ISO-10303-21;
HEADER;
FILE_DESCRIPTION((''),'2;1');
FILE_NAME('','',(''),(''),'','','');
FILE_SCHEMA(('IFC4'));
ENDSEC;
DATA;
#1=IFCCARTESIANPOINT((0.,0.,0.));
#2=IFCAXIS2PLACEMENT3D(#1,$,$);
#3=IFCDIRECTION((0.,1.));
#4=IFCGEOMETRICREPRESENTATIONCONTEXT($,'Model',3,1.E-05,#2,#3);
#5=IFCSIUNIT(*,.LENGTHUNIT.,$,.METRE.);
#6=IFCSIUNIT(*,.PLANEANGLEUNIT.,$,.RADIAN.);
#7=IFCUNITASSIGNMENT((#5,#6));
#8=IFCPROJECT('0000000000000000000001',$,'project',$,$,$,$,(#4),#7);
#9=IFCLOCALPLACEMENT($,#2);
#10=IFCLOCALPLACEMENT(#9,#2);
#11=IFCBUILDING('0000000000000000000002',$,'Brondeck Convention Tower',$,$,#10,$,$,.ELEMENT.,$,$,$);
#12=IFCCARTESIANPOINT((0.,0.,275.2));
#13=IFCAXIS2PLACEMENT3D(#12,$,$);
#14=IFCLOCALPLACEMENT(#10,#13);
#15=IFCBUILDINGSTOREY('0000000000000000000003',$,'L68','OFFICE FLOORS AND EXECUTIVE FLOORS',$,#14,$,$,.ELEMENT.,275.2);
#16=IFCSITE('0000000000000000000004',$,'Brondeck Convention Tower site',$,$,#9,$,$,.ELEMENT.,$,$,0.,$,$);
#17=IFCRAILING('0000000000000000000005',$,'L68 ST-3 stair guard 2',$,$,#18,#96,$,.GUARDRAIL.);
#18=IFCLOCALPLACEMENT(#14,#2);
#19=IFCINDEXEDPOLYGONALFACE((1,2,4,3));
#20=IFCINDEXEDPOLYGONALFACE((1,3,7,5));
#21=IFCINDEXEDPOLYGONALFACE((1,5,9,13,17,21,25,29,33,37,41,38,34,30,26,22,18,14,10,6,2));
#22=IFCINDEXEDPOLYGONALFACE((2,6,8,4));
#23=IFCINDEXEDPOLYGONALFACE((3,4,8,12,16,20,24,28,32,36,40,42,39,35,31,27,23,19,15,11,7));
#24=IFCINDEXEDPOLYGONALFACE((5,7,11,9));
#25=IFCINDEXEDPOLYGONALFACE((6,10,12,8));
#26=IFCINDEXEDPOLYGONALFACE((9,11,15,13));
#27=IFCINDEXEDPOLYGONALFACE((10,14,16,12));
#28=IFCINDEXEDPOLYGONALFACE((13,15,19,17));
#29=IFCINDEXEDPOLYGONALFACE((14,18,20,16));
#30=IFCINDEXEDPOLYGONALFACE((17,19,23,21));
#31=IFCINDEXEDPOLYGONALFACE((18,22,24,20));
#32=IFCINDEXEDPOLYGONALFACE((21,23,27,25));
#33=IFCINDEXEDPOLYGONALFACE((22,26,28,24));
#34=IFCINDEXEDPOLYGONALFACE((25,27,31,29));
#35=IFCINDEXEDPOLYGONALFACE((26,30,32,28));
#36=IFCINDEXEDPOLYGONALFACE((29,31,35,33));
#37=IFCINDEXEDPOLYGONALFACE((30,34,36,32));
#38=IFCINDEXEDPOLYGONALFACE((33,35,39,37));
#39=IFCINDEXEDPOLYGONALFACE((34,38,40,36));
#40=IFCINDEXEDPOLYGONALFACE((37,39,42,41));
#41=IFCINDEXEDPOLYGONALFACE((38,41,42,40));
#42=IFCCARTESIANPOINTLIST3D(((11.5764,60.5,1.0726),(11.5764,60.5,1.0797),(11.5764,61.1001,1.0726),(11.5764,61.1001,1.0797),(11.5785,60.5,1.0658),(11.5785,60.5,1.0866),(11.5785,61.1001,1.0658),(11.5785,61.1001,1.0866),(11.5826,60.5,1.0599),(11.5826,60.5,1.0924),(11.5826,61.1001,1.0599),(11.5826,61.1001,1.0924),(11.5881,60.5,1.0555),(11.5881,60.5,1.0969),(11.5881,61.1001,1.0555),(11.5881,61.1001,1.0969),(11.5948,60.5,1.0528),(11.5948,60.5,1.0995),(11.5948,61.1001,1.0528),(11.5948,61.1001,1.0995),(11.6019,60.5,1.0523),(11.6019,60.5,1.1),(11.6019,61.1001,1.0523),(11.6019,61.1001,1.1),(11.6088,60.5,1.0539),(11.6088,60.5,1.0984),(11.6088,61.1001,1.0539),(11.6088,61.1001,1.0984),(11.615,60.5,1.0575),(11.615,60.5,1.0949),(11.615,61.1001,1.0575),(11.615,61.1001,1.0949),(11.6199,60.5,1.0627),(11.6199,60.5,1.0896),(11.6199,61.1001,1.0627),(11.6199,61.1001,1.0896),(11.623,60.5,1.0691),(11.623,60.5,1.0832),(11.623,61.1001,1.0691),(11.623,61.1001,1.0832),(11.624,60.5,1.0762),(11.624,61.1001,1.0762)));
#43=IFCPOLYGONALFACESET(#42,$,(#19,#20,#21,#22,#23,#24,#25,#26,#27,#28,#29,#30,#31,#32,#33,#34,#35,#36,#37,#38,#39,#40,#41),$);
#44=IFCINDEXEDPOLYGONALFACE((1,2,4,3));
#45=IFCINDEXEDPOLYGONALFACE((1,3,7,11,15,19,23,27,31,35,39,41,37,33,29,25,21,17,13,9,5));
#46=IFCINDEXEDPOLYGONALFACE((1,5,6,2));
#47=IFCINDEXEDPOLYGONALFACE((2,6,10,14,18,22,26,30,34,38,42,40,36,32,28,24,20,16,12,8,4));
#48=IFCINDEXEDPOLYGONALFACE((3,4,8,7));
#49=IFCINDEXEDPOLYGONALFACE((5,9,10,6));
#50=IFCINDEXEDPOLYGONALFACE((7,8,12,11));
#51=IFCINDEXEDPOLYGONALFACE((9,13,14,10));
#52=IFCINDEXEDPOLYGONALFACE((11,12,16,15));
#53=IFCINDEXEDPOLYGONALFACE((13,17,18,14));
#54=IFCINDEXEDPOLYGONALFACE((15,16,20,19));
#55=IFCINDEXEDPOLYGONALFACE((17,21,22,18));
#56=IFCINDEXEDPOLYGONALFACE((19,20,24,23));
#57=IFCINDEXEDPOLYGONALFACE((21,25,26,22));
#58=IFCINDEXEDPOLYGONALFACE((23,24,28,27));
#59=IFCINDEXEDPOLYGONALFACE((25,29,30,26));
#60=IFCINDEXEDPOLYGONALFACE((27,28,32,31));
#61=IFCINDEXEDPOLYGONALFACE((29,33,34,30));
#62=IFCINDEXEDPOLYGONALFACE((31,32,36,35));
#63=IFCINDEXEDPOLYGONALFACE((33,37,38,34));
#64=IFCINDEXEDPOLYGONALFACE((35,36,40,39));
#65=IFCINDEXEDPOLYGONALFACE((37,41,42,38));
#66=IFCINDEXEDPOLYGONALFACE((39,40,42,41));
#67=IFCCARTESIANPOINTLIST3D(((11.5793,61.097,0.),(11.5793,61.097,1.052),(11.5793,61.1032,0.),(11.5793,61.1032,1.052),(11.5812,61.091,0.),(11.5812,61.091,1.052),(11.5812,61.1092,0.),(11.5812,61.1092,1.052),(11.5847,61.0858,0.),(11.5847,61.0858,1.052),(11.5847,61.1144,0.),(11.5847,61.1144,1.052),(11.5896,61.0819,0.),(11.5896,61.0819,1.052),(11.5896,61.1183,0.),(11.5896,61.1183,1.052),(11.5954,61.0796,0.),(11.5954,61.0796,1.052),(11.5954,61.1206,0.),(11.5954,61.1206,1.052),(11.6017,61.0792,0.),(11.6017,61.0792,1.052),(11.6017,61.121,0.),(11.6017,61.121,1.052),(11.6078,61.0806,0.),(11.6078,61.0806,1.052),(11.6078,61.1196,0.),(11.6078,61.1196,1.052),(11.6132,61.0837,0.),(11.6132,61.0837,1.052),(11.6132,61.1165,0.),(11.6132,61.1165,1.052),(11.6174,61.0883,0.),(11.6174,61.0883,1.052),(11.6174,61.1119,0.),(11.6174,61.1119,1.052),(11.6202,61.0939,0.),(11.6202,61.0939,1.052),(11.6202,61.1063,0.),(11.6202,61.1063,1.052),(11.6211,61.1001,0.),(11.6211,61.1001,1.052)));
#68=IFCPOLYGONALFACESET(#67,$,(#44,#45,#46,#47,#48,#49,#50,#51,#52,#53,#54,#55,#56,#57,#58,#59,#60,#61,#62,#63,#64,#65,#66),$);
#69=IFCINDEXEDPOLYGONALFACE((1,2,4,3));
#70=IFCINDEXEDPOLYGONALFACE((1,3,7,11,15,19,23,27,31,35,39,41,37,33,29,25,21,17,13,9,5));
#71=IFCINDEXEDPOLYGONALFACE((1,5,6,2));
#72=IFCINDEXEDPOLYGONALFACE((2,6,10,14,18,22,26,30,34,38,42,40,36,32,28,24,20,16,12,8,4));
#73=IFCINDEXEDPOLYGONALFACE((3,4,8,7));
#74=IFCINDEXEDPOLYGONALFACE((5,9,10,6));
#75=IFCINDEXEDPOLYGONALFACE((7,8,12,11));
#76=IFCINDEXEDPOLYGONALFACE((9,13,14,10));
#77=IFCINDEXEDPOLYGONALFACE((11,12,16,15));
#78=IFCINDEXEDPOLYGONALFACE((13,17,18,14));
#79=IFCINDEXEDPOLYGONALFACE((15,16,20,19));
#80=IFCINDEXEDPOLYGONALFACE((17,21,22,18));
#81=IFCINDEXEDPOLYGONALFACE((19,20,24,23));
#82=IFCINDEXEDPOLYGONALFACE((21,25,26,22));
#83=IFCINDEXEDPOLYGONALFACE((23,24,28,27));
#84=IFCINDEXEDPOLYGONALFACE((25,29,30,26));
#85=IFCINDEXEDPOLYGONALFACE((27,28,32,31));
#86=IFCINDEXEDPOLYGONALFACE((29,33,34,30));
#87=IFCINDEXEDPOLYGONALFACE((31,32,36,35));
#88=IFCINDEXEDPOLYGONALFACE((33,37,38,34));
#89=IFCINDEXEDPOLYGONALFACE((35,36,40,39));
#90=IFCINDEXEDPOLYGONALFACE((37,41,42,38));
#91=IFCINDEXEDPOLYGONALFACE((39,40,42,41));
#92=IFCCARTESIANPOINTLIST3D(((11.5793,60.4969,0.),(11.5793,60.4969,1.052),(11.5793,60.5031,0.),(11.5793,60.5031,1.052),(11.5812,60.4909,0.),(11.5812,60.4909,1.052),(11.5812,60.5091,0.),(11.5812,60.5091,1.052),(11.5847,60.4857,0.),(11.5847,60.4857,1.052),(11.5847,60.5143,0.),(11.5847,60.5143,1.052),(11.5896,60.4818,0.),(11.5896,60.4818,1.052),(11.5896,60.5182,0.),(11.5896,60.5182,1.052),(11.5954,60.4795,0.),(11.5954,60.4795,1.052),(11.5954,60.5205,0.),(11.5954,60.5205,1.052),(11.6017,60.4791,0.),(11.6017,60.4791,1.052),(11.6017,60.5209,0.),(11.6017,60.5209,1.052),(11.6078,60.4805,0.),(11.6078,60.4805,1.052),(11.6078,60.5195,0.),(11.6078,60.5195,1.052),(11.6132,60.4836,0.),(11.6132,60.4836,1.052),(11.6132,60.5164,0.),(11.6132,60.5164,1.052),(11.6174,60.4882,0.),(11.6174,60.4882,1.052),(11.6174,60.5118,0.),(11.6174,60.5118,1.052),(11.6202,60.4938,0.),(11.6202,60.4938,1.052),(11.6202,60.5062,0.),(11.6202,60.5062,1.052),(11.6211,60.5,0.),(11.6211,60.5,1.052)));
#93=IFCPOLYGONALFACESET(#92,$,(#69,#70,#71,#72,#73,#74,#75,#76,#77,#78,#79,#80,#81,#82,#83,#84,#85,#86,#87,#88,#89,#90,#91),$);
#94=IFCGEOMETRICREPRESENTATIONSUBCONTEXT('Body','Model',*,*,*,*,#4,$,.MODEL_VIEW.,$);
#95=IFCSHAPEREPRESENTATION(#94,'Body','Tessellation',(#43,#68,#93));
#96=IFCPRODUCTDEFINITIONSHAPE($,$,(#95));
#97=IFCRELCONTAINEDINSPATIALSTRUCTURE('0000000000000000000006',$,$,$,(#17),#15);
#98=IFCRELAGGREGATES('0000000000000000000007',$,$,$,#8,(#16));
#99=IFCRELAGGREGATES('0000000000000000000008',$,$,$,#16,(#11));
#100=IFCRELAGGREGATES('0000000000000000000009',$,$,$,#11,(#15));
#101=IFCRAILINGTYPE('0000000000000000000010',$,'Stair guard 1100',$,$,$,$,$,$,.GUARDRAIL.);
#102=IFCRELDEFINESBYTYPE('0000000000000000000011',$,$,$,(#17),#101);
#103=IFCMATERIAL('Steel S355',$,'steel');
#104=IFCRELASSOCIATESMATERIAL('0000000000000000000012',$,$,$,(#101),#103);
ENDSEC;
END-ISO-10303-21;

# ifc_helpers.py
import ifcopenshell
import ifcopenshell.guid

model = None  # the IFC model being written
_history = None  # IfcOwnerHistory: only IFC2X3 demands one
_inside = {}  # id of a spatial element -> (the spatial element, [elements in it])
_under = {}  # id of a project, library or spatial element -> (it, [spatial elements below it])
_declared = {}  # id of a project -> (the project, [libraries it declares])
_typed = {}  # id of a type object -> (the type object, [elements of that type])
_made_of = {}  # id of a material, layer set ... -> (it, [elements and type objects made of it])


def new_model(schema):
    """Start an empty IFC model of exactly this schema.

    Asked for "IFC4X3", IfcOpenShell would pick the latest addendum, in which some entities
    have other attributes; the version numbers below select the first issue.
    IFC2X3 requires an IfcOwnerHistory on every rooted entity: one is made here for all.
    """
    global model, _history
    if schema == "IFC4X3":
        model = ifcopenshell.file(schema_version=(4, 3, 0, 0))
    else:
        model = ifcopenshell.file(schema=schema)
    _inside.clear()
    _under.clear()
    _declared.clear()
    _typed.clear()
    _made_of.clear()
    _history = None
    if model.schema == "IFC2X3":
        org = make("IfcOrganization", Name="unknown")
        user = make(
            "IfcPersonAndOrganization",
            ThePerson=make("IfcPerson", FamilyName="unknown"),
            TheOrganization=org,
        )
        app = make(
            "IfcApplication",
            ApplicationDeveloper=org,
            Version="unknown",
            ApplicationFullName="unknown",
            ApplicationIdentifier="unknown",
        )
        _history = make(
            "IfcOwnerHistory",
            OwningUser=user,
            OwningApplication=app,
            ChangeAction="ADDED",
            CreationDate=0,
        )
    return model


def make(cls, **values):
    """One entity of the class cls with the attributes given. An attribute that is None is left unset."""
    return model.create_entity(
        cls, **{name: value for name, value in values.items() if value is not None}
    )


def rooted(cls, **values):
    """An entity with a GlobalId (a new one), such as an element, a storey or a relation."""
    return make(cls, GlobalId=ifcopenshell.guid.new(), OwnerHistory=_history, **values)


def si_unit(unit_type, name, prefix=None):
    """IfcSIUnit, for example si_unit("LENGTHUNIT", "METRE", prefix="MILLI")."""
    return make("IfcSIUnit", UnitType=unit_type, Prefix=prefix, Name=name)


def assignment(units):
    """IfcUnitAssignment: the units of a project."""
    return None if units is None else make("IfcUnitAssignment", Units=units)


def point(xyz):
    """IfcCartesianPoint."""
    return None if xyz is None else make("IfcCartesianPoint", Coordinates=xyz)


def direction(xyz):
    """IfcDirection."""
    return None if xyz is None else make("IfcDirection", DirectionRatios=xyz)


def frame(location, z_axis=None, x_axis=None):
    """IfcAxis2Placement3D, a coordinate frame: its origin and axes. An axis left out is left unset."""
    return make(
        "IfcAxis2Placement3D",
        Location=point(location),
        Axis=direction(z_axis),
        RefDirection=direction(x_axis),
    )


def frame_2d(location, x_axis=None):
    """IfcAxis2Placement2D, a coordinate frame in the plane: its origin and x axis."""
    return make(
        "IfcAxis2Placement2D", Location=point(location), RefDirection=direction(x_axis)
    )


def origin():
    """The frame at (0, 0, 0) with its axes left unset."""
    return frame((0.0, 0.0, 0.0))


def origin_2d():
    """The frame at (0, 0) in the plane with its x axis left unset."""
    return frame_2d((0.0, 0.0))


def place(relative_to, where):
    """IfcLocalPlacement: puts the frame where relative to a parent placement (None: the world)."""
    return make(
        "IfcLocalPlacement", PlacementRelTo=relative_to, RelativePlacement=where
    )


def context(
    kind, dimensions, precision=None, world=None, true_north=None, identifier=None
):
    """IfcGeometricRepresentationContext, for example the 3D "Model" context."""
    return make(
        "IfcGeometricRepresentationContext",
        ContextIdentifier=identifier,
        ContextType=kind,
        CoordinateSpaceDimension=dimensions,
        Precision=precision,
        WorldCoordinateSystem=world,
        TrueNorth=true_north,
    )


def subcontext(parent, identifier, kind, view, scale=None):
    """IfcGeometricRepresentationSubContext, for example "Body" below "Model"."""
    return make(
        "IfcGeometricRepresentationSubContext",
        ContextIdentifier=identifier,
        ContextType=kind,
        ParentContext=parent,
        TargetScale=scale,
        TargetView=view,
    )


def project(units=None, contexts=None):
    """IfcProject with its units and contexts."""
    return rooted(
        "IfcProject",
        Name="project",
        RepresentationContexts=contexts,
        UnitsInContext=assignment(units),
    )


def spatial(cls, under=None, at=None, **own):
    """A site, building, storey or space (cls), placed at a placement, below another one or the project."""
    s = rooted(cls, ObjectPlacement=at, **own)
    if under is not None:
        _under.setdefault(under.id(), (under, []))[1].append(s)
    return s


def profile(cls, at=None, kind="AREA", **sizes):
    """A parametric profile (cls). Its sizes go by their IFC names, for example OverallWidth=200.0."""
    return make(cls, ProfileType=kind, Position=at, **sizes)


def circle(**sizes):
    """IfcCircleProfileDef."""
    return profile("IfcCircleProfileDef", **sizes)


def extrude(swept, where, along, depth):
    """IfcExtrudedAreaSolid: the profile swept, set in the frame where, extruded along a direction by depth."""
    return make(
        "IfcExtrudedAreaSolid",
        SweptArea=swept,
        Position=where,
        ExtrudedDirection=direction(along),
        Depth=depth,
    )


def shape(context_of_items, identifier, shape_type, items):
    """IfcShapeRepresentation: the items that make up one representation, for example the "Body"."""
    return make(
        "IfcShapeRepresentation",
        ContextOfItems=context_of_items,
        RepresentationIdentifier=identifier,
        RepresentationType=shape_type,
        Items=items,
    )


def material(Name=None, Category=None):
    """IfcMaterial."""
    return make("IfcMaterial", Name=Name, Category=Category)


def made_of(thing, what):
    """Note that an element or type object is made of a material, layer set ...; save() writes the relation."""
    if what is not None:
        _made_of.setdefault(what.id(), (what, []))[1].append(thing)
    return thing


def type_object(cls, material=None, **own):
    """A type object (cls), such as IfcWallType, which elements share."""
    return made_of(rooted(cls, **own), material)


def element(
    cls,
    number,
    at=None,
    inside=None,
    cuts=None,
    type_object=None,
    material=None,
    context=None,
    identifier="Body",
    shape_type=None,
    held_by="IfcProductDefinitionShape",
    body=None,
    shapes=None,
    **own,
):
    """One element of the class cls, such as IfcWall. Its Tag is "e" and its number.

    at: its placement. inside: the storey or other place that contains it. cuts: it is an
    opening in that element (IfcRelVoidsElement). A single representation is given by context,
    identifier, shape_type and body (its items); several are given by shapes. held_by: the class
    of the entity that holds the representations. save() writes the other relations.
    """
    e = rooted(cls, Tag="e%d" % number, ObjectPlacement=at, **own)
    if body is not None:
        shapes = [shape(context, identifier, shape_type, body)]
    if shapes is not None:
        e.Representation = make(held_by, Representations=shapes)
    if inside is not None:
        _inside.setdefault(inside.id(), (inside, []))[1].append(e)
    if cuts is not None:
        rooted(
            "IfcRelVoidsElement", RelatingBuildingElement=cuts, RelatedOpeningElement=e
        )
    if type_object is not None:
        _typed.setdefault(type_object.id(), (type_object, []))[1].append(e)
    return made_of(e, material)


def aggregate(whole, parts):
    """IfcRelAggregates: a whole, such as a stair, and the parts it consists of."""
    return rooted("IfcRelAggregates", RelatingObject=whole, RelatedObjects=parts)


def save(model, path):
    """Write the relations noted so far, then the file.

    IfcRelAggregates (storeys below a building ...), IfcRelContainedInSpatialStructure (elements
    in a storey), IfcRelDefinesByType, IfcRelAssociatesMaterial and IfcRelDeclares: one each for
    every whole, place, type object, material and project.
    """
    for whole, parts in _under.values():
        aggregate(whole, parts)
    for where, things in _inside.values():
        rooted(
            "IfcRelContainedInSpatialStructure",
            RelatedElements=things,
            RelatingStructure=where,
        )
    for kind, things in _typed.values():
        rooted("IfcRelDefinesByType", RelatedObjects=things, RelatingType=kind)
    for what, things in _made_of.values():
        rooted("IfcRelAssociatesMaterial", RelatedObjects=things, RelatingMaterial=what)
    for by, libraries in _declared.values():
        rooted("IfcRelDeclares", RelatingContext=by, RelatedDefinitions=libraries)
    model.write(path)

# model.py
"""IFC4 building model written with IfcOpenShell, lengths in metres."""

from ifc_helpers import new_model, si_unit, direction, frame, origin, origin_2d, place, context, subcontext, project, spatial, circle, extrude, material, type_object, element, save


model = new_model("IFC4")

# Units and contexts
model_context = context("Model", 3, precision=1e-05, world=origin(), true_north=direction((0.0, 1.0)))
body_context = subcontext(model_context, "Body", "Model", "MODEL_VIEW")
ifc_project = project(units=[si_unit("LENGTHUNIT", "METRE"), si_unit("PLANEANGLEUNIT", "RADIAN")], contexts=[model_context])

# Site, building, storey
site_placement = place(None, origin())
site = spatial("IfcSite", under=ifc_project, at=site_placement, Name="Brondeck Convention Tower site", CompositionType="ELEMENT", RefElevation=0.0)
building_placement = place(site_placement, origin())
building = spatial("IfcBuilding", under=site, at=building_placement, Name="Brondeck Convention Tower", CompositionType="ELEMENT")
storey_placement = place(building_placement, frame((0.0, 0.0, 275.2)))
storey = spatial("IfcBuildingStorey", under=building, at=storey_placement, Name="L68", Description="OFFICE FLOORS AND EXECUTIVE FLOORS", CompositionType="ELEMENT", Elevation=275.2)

# Railing
ifc_material_1 = material(Name="Steel S355", Category="steel")
railing_type_1 = type_object("IfcRailingType", Name="Stair guard 1100", PredefinedType="GUARDRAIL", material=ifc_material_1)
railing_1_placement = place(storey_placement, frame((11.6001, 61.1001, 0.0)))
element("IfcRailing", 1, at=railing_1_placement, inside=storey, type_object=railing_type_1, Name="L68 ST-3 stair guard 2", PredefinedType="GUARDRAIL", context=body_context, shape_type="SweptSolid", body=[
    extrude(circle(Radius=0.0239, at=origin_2d()), frame((0.0, 0.0, 1.0762), z_axis=(0.0, -1.0, 0.0), x_axis=(1.0, 0.0, 0.0)), (0.0, 0.0, 1.0), 0.6001),
    extrude(circle(Radius=0.021, at=origin_2d()), origin(), (0.0, 0.0, 1.0), 1.052),
    extrude(circle(Radius=0.021, at=origin_2d()), frame((0.0, -0.6001, 0.0)), (0.0, 0.0, 1.0), 1.052),
])

save(model, "model.ifc")
